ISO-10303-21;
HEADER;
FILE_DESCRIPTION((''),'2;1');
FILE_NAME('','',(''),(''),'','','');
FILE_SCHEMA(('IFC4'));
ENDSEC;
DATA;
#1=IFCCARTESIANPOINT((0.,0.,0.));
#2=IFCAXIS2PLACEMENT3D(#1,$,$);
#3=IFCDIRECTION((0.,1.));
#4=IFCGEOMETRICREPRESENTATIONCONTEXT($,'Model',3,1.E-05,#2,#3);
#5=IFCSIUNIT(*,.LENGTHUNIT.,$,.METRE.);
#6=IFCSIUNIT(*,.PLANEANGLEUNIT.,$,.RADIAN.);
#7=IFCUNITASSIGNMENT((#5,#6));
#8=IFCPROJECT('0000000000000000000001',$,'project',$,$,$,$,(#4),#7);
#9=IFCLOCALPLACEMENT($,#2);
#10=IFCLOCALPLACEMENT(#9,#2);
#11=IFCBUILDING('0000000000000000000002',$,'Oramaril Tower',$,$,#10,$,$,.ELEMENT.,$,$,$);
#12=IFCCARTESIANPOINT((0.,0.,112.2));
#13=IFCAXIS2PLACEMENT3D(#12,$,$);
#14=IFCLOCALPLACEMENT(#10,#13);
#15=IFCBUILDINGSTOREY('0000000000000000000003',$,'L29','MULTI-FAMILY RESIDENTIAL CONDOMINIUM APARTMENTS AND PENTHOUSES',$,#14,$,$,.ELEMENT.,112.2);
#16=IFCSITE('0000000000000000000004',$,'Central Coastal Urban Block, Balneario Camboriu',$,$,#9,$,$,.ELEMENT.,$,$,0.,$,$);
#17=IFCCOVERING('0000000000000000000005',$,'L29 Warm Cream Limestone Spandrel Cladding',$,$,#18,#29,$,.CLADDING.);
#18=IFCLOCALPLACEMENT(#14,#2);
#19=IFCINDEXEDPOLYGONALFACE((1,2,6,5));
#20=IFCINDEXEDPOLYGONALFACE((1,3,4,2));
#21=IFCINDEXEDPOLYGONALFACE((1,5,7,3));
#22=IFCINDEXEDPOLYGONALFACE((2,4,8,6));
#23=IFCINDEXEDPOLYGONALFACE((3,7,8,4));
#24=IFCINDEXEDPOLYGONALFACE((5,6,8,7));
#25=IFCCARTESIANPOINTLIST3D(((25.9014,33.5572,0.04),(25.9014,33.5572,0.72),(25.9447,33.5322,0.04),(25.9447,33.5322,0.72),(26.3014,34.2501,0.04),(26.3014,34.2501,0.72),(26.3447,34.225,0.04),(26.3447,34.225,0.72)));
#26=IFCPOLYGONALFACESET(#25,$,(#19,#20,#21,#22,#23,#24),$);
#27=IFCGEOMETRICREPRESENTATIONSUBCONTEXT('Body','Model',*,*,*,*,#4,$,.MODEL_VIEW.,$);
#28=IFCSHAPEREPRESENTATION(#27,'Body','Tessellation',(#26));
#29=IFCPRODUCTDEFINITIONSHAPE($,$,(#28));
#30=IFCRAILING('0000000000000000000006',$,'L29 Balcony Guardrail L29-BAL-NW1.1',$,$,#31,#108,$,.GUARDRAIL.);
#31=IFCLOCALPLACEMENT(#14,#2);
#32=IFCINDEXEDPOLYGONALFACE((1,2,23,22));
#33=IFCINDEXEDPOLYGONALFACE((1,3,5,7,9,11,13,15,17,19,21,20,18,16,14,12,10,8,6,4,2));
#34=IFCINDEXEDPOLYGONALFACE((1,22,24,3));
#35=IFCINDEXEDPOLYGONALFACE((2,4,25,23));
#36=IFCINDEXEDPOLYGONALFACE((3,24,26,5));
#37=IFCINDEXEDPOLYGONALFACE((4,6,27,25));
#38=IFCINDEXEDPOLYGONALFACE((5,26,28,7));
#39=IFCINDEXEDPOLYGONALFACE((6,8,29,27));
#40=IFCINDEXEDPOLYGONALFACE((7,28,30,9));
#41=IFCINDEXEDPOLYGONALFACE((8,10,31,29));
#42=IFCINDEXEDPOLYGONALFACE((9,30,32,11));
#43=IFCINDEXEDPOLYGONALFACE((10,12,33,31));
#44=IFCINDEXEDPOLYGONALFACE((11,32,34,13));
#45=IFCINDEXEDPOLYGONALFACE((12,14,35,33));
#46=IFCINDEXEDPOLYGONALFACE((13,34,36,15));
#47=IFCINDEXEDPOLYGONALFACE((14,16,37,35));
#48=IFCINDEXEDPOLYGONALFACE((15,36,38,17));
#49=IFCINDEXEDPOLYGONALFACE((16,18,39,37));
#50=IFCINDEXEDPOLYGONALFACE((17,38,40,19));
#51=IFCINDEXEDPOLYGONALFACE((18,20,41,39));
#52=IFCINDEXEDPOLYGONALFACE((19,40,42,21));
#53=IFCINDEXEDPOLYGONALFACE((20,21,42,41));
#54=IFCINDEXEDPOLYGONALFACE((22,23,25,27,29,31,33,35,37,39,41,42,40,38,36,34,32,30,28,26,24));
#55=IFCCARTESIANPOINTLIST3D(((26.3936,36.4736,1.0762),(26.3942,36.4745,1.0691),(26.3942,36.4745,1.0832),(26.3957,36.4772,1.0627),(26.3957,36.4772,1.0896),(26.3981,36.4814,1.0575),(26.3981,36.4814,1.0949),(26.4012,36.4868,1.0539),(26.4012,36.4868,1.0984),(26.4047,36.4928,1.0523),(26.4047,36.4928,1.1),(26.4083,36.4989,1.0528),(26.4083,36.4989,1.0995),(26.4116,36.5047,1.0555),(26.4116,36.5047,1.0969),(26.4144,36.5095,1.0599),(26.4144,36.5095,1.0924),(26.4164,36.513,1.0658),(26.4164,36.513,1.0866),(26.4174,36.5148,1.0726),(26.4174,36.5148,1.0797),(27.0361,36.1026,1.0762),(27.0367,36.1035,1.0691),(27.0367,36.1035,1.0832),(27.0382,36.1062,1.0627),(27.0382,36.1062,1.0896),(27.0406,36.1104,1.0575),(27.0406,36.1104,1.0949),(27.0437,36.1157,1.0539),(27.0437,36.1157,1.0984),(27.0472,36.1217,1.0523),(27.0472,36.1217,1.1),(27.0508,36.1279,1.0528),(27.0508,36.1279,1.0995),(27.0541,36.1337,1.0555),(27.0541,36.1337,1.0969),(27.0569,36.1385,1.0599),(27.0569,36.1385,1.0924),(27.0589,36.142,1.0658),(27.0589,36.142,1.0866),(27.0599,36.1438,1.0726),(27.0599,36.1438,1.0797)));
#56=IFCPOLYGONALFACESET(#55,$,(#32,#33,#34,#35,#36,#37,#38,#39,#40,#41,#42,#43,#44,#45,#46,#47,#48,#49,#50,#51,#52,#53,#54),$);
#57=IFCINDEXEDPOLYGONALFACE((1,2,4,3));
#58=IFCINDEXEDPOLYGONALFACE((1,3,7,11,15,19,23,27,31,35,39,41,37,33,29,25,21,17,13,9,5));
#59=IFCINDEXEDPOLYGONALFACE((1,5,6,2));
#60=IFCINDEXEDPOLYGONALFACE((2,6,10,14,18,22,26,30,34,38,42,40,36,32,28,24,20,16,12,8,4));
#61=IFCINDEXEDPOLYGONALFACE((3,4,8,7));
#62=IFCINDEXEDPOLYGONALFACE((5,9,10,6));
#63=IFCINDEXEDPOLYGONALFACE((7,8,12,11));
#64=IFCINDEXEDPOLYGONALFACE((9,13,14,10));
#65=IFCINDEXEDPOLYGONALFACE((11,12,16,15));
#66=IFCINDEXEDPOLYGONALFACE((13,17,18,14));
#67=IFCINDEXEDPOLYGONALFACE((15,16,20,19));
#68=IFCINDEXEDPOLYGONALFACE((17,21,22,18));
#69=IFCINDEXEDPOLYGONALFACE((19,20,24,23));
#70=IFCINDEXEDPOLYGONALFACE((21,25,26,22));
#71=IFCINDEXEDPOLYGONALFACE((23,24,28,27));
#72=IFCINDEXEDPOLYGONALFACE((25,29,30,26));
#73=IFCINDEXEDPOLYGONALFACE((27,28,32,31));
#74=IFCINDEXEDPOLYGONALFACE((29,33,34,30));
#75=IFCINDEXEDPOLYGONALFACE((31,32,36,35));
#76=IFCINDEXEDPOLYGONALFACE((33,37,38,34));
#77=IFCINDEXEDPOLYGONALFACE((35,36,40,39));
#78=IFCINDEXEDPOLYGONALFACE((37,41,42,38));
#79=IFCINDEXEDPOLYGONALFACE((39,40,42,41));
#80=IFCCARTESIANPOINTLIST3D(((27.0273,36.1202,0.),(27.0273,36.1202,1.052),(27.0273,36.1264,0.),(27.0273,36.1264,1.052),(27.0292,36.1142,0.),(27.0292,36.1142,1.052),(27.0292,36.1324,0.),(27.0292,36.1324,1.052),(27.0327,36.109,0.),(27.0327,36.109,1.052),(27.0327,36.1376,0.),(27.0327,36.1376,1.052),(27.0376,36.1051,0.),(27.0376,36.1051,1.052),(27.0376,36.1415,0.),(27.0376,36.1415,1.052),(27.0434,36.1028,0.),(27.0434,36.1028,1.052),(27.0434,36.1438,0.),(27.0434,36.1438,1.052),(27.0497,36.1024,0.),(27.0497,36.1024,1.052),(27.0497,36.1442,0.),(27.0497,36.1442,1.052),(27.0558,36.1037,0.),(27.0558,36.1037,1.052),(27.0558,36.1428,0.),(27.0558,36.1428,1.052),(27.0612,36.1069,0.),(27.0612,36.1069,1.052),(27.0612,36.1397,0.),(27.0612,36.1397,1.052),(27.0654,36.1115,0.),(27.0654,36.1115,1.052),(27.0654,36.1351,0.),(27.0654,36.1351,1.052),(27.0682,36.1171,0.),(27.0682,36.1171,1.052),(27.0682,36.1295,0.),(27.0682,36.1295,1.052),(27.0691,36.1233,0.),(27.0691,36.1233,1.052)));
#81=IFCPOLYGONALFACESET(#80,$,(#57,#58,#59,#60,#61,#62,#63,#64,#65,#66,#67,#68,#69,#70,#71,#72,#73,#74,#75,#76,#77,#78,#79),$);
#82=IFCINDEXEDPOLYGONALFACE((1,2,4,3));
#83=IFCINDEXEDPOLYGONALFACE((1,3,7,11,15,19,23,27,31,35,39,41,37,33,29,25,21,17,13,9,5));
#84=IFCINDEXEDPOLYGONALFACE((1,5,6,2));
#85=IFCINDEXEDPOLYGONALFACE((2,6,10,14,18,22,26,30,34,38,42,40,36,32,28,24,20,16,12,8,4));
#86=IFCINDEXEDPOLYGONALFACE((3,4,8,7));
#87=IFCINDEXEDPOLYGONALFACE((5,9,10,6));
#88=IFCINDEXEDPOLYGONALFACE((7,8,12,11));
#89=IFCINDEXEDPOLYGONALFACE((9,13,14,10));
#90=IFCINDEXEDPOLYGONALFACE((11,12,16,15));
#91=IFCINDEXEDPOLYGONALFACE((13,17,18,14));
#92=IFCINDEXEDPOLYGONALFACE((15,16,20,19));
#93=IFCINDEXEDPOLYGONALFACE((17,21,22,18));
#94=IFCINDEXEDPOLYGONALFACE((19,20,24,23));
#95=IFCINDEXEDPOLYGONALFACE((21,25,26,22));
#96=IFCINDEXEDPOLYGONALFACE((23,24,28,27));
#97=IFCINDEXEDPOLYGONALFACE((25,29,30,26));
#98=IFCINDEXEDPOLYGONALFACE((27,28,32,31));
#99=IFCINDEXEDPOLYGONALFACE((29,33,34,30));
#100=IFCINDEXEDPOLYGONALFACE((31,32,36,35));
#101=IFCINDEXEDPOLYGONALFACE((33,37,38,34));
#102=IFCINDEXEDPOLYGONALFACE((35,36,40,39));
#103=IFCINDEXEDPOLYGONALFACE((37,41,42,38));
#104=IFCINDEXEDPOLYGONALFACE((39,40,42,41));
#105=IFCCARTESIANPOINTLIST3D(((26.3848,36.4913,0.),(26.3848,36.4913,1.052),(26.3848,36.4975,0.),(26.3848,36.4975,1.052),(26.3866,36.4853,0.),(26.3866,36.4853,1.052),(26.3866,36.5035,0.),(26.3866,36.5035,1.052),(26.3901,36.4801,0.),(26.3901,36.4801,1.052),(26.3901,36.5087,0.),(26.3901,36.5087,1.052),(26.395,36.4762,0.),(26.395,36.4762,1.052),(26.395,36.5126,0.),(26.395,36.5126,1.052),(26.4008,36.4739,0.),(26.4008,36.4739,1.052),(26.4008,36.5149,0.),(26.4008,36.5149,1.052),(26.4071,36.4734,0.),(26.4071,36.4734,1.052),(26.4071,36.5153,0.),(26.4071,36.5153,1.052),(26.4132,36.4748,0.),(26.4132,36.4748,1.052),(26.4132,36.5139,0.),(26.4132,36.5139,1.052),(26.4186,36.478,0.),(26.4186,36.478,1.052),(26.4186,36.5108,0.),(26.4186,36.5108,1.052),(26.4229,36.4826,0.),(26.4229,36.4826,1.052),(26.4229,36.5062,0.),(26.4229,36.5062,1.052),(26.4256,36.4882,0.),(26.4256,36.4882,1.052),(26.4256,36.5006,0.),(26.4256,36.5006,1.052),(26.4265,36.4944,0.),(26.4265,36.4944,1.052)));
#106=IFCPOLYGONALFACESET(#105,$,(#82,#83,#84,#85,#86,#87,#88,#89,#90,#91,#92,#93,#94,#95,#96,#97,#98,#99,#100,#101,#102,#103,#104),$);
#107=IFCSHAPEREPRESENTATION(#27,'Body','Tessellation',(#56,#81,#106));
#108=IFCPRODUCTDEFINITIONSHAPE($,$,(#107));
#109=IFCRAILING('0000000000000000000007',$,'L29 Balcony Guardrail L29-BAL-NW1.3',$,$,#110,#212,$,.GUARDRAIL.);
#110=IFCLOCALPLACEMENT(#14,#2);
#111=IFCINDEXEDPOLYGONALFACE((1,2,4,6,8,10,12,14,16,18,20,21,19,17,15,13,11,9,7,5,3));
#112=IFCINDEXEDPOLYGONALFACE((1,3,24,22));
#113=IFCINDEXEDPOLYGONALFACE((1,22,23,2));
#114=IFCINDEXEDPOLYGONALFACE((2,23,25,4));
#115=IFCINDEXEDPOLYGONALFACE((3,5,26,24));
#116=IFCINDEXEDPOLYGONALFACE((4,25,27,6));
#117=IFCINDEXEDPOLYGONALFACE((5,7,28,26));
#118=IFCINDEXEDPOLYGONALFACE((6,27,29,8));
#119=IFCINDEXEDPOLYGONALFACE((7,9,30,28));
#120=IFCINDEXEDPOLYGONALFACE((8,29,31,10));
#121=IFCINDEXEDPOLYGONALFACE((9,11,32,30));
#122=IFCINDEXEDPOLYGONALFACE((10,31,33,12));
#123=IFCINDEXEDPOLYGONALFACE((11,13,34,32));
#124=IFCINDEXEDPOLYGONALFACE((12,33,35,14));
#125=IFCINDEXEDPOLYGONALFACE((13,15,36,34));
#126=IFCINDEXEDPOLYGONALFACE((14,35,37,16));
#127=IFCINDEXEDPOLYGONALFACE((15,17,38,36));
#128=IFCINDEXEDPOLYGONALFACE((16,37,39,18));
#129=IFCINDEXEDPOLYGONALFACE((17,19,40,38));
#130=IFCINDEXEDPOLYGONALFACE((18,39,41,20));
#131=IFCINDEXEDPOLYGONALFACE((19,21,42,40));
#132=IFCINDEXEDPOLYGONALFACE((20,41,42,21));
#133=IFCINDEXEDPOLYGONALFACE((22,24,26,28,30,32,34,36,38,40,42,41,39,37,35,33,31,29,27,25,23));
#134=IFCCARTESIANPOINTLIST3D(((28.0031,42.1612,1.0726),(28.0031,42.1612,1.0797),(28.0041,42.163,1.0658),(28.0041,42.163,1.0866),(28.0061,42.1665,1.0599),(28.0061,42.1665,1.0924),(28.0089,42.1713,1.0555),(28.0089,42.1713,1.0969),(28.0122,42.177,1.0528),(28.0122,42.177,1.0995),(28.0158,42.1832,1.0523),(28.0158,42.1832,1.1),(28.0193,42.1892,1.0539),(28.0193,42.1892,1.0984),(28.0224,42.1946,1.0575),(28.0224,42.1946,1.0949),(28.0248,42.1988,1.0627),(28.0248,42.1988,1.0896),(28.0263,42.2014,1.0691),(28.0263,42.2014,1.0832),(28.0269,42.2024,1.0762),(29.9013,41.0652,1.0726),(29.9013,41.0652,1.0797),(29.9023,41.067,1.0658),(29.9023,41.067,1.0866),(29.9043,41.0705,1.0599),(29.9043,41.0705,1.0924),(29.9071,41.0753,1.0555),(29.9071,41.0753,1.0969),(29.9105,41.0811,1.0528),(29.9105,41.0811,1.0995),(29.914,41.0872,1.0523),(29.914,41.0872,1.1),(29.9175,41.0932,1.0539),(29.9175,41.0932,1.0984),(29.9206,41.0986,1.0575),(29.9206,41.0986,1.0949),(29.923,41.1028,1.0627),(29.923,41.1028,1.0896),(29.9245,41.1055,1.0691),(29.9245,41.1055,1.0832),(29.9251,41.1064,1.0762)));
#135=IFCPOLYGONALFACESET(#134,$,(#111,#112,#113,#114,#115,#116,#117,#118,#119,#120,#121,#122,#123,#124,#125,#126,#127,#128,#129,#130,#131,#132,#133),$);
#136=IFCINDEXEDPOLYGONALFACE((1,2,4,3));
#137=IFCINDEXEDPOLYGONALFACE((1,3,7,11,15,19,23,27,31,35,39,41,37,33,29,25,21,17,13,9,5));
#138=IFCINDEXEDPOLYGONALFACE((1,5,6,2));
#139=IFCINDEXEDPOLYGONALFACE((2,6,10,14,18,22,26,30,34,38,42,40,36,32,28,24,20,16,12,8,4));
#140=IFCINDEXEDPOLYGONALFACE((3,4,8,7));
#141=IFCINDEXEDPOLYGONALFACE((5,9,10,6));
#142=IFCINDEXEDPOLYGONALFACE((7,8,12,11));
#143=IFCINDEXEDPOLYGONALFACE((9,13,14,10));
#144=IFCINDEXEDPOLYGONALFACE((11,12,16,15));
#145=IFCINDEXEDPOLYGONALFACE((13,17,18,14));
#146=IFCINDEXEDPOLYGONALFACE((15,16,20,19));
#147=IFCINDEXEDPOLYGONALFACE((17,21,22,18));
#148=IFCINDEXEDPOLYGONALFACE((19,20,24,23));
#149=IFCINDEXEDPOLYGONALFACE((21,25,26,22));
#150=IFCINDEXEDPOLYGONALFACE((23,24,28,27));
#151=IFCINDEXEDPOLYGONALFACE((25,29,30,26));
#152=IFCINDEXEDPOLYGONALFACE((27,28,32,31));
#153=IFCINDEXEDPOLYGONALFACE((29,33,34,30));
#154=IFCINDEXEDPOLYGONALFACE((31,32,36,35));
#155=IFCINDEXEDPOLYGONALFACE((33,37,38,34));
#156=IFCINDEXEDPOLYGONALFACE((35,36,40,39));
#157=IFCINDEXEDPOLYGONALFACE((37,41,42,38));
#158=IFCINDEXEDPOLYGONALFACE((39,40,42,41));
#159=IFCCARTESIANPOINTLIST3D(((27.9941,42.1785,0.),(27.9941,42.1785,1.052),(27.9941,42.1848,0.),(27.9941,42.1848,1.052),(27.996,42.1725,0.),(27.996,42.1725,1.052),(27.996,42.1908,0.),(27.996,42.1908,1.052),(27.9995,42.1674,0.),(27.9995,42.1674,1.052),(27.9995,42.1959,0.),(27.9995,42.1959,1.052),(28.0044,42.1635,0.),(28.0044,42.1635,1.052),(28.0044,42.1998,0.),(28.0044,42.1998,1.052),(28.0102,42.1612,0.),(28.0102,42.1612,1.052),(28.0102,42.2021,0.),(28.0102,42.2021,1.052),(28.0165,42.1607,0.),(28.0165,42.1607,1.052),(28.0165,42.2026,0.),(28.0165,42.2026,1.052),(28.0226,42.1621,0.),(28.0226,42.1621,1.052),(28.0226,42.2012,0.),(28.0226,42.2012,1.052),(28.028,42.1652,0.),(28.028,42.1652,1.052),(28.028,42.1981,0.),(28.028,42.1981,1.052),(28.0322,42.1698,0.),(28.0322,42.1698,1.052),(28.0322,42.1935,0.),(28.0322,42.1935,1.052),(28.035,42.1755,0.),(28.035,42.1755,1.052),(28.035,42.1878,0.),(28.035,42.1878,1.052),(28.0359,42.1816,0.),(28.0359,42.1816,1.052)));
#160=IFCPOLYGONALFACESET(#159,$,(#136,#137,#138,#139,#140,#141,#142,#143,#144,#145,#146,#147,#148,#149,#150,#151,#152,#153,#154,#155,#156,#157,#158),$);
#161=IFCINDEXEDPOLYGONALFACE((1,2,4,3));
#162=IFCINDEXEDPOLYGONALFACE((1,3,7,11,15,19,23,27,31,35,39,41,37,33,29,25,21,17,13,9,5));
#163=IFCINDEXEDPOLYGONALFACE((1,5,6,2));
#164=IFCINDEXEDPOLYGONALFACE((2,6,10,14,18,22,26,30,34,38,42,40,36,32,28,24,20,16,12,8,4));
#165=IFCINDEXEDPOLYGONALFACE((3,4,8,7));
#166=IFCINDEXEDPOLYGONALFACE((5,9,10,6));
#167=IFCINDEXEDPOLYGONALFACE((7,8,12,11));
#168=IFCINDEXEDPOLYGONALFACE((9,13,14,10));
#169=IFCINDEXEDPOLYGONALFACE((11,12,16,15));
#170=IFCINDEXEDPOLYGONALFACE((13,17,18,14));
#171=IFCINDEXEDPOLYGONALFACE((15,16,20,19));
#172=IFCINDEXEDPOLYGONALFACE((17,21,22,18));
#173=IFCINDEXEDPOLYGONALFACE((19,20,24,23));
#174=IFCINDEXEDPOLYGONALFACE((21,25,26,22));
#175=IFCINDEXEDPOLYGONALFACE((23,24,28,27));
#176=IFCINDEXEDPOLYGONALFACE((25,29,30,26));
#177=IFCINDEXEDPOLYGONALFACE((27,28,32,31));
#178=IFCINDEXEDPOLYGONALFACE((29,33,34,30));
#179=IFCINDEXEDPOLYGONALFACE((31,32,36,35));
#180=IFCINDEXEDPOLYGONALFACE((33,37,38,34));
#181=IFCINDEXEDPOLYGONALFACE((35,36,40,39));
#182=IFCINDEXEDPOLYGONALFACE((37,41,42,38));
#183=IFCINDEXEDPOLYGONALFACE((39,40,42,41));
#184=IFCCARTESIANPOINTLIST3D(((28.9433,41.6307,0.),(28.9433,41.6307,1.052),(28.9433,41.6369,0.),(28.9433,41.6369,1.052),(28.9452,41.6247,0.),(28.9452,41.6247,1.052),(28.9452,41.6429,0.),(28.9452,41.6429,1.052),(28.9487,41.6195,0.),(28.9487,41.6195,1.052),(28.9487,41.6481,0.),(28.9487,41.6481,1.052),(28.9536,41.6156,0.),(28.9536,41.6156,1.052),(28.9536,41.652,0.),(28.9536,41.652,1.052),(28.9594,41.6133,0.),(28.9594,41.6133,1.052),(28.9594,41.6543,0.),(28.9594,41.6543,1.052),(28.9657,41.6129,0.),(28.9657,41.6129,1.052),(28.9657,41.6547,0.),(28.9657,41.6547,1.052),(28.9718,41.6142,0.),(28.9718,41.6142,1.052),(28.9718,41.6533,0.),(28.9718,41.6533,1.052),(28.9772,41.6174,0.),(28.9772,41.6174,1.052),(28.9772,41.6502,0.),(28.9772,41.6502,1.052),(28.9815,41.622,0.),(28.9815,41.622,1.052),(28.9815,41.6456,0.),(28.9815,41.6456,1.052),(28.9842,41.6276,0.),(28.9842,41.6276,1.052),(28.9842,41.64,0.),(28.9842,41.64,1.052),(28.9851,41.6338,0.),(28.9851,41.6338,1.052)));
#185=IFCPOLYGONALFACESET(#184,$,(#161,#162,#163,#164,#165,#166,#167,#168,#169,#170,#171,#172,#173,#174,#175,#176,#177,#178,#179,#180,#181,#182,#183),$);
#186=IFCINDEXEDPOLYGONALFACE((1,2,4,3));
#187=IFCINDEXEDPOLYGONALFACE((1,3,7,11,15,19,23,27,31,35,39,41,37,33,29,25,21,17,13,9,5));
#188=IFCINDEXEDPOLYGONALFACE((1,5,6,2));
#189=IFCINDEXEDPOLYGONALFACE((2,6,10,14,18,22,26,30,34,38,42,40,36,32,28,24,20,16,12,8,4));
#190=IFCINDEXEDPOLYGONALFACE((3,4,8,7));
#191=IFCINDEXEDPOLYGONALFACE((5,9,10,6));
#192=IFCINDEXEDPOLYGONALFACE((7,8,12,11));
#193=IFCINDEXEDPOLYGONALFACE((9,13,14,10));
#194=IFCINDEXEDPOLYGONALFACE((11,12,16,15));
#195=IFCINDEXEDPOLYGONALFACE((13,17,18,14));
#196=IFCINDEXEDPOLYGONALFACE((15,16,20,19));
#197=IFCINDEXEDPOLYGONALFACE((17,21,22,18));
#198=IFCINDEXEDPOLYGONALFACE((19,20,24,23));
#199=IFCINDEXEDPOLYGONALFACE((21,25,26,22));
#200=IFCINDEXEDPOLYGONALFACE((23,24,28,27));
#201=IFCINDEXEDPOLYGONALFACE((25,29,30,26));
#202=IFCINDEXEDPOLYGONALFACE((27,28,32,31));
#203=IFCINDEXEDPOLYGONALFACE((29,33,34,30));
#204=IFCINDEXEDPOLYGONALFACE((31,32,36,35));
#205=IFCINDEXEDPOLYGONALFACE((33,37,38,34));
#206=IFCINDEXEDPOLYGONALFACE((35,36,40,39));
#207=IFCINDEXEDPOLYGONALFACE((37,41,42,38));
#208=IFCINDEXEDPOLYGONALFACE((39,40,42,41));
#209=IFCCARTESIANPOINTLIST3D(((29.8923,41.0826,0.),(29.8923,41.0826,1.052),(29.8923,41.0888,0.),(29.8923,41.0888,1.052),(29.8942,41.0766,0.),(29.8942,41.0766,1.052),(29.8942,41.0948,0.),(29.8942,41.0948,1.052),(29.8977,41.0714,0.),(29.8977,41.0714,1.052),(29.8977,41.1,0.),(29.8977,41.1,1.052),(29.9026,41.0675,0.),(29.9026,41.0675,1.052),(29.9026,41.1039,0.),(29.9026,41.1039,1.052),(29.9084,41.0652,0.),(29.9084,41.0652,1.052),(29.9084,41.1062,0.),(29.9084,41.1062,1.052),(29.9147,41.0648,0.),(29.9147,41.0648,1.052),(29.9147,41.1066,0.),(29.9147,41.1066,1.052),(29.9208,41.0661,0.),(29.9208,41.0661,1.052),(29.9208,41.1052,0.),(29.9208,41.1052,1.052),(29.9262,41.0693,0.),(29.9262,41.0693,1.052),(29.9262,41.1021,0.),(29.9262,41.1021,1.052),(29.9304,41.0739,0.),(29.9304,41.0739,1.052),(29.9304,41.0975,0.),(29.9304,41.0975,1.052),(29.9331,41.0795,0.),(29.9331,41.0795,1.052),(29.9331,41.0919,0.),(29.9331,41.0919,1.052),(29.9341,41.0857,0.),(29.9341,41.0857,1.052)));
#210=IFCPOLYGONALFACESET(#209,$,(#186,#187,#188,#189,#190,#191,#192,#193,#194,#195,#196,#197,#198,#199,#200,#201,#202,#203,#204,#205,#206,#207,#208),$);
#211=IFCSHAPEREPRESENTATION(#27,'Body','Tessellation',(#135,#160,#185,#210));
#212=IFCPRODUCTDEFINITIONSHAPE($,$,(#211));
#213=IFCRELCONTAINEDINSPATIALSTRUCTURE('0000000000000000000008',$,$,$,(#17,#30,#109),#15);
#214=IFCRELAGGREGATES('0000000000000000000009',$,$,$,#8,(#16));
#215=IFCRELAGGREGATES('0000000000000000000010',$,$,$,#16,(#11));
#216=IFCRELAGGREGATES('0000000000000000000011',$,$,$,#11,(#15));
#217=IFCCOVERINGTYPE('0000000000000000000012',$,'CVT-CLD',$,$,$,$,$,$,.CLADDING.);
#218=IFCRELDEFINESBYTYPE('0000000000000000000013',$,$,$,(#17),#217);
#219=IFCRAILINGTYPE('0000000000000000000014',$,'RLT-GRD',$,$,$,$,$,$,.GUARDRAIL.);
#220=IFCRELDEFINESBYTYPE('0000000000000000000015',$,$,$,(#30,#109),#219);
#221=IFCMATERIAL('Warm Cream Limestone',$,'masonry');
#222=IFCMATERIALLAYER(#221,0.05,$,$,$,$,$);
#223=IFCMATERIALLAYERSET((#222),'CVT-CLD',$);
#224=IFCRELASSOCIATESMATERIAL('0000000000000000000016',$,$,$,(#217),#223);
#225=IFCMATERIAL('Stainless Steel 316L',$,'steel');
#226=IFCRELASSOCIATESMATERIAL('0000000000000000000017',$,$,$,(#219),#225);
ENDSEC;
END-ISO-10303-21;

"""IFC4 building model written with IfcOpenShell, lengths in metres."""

from ifc_helpers import new_model, si_unit, direction, frame, origin, origin_2d, place, context, subcontext, project, spatial, rectangle, circle, extrude, material, layer, layer_set, type_object, element, save


model = new_model("IFC4")

# Units and contexts
model_context = context("Model", 3, precision=1e-05, world=origin(), true_north=direction((0.0, 1.0)))
body_context = subcontext(model_context, "Body", "Model", "MODEL_VIEW")
ifc_project = project(units=[si_unit("LENGTHUNIT", "METRE"), si_unit("PLANEANGLEUNIT", "RADIAN")], contexts=[model_context])

# Site, building, storey
site_placement = place(None, origin())
site = spatial("IfcSite", under=ifc_project, at=site_placement, Name="Central Coastal Urban Block, Balneario Camboriu", CompositionType="ELEMENT", RefElevation=0.0)
building_placement = place(site_placement, origin())
building = spatial("IfcBuilding", under=site, at=building_placement, Name="Oramaril Tower", CompositionType="ELEMENT")
storey_placement = place(building_placement, frame((0.0, 0.0, 112.2)))
storey = spatial("IfcBuildingStorey", under=building, at=storey_placement, Name="L29", Description="MULTI-FAMILY RESIDENTIAL CONDOMINIUM APARTMENTS AND PENTHOUSES", CompositionType="ELEMENT", Elevation=112.2)

# Covering
ifc_material_1 = material(Name="Warm Cream Limestone", Category="masonry")
ifc_layer_1 = layer(ifc_material_1, 0.05)
ifc_layer_set_1 = layer_set([ifc_layer_1], Name="CVT-CLD")
covering_type = type_object("IfcCoveringType", Name="CVT-CLD", PredefinedType="CLADDING", material=ifc_layer_set_1)
covering_1_placement = place(storey_placement, frame((26.123, 33.8911, 0.04), z_axis=(0.0, 0.0, 1.0), x_axis=(-0.5, -0.866025, 0.0)))
element("IfcCovering", 1, at=covering_1_placement, inside=storey, type_object=covering_type, Name="L29 Warm Cream Limestone Spandrel Cladding", PredefinedType="CLADDING", context=body_context, shape_type="SweptSolid", body=[
    extrude(rectangle(XDim=0.8, YDim=0.05, at=origin_2d()), origin(), (0.0, 0.0, 1.0), 0.6799),
])

# Railings
ifc_material_2 = material(Name="Stainless Steel 316L", Category="steel")
railing_type = type_object("IfcRailingType", Name="RLT-GRD", PredefinedType="GUARDRAIL", material=ifc_material_2)
railing_1_placement = place(storey_placement, frame((27.0481, 36.1233, 0.0)))
element("IfcRailing", 2, at=railing_1_placement, inside=storey, type_object=railing_type, Name="L29 Balcony Guardrail L29-BAL-NW1.1", PredefinedType="GUARDRAIL", context=body_context, shape_type="SweptSolid", body=[
    extrude(circle(Radius=0.0239, at=origin_2d()), frame((0.0, 0.0, 1.0762), z_axis=(-0.865966, 0.500102, 0.0), x_axis=(-0.500102, -0.865966, 0.0)), (0.0, 0.0, 1.0), 0.7419),
    extrude(circle(Radius=0.021, at=origin_2d()), origin(), (0.0, 0.0, 1.0), 1.052),
    extrude(circle(Radius=0.021, at=origin_2d()), frame((-0.6426, 0.3711, 0.0)), (0.0, 0.0, 1.0), 1.052),
])
railing_2_placement = place(storey_placement, frame((28.0149, 42.1816, 0.0)))
element("IfcRailing", 3, at=railing_2_placement, inside=storey, type_object=railing_type, Name="L29 Balcony Guardrail L29-BAL-NW1.3", PredefinedType="GUARDRAIL", context=body_context, shape_type="SweptSolid", body=[
    extrude(circle(Radius=0.0239, at=origin_2d()), frame((0.0, 0.0, 1.0762), z_axis=(0.866021, -0.500008, 0.0), x_axis=(0.500008, 0.866021, 0.0)), (0.0, 0.0, 1.0), 2.1919),
    extrude(circle(Radius=0.021, at=origin_2d()), origin(), (0.0, 0.0, 1.0), 1.052),
    extrude(circle(Radius=0.021, at=origin_2d()), frame((0.9492, -0.5479, 0.0)), (0.0, 0.0, 1.0), 1.052),
    extrude(circle(Radius=0.021, at=origin_2d()), frame((1.8982, -1.0959, 0.0)), (0.0, 0.0, 1.0), 1.052),
])

save(model, "model.ifc")
